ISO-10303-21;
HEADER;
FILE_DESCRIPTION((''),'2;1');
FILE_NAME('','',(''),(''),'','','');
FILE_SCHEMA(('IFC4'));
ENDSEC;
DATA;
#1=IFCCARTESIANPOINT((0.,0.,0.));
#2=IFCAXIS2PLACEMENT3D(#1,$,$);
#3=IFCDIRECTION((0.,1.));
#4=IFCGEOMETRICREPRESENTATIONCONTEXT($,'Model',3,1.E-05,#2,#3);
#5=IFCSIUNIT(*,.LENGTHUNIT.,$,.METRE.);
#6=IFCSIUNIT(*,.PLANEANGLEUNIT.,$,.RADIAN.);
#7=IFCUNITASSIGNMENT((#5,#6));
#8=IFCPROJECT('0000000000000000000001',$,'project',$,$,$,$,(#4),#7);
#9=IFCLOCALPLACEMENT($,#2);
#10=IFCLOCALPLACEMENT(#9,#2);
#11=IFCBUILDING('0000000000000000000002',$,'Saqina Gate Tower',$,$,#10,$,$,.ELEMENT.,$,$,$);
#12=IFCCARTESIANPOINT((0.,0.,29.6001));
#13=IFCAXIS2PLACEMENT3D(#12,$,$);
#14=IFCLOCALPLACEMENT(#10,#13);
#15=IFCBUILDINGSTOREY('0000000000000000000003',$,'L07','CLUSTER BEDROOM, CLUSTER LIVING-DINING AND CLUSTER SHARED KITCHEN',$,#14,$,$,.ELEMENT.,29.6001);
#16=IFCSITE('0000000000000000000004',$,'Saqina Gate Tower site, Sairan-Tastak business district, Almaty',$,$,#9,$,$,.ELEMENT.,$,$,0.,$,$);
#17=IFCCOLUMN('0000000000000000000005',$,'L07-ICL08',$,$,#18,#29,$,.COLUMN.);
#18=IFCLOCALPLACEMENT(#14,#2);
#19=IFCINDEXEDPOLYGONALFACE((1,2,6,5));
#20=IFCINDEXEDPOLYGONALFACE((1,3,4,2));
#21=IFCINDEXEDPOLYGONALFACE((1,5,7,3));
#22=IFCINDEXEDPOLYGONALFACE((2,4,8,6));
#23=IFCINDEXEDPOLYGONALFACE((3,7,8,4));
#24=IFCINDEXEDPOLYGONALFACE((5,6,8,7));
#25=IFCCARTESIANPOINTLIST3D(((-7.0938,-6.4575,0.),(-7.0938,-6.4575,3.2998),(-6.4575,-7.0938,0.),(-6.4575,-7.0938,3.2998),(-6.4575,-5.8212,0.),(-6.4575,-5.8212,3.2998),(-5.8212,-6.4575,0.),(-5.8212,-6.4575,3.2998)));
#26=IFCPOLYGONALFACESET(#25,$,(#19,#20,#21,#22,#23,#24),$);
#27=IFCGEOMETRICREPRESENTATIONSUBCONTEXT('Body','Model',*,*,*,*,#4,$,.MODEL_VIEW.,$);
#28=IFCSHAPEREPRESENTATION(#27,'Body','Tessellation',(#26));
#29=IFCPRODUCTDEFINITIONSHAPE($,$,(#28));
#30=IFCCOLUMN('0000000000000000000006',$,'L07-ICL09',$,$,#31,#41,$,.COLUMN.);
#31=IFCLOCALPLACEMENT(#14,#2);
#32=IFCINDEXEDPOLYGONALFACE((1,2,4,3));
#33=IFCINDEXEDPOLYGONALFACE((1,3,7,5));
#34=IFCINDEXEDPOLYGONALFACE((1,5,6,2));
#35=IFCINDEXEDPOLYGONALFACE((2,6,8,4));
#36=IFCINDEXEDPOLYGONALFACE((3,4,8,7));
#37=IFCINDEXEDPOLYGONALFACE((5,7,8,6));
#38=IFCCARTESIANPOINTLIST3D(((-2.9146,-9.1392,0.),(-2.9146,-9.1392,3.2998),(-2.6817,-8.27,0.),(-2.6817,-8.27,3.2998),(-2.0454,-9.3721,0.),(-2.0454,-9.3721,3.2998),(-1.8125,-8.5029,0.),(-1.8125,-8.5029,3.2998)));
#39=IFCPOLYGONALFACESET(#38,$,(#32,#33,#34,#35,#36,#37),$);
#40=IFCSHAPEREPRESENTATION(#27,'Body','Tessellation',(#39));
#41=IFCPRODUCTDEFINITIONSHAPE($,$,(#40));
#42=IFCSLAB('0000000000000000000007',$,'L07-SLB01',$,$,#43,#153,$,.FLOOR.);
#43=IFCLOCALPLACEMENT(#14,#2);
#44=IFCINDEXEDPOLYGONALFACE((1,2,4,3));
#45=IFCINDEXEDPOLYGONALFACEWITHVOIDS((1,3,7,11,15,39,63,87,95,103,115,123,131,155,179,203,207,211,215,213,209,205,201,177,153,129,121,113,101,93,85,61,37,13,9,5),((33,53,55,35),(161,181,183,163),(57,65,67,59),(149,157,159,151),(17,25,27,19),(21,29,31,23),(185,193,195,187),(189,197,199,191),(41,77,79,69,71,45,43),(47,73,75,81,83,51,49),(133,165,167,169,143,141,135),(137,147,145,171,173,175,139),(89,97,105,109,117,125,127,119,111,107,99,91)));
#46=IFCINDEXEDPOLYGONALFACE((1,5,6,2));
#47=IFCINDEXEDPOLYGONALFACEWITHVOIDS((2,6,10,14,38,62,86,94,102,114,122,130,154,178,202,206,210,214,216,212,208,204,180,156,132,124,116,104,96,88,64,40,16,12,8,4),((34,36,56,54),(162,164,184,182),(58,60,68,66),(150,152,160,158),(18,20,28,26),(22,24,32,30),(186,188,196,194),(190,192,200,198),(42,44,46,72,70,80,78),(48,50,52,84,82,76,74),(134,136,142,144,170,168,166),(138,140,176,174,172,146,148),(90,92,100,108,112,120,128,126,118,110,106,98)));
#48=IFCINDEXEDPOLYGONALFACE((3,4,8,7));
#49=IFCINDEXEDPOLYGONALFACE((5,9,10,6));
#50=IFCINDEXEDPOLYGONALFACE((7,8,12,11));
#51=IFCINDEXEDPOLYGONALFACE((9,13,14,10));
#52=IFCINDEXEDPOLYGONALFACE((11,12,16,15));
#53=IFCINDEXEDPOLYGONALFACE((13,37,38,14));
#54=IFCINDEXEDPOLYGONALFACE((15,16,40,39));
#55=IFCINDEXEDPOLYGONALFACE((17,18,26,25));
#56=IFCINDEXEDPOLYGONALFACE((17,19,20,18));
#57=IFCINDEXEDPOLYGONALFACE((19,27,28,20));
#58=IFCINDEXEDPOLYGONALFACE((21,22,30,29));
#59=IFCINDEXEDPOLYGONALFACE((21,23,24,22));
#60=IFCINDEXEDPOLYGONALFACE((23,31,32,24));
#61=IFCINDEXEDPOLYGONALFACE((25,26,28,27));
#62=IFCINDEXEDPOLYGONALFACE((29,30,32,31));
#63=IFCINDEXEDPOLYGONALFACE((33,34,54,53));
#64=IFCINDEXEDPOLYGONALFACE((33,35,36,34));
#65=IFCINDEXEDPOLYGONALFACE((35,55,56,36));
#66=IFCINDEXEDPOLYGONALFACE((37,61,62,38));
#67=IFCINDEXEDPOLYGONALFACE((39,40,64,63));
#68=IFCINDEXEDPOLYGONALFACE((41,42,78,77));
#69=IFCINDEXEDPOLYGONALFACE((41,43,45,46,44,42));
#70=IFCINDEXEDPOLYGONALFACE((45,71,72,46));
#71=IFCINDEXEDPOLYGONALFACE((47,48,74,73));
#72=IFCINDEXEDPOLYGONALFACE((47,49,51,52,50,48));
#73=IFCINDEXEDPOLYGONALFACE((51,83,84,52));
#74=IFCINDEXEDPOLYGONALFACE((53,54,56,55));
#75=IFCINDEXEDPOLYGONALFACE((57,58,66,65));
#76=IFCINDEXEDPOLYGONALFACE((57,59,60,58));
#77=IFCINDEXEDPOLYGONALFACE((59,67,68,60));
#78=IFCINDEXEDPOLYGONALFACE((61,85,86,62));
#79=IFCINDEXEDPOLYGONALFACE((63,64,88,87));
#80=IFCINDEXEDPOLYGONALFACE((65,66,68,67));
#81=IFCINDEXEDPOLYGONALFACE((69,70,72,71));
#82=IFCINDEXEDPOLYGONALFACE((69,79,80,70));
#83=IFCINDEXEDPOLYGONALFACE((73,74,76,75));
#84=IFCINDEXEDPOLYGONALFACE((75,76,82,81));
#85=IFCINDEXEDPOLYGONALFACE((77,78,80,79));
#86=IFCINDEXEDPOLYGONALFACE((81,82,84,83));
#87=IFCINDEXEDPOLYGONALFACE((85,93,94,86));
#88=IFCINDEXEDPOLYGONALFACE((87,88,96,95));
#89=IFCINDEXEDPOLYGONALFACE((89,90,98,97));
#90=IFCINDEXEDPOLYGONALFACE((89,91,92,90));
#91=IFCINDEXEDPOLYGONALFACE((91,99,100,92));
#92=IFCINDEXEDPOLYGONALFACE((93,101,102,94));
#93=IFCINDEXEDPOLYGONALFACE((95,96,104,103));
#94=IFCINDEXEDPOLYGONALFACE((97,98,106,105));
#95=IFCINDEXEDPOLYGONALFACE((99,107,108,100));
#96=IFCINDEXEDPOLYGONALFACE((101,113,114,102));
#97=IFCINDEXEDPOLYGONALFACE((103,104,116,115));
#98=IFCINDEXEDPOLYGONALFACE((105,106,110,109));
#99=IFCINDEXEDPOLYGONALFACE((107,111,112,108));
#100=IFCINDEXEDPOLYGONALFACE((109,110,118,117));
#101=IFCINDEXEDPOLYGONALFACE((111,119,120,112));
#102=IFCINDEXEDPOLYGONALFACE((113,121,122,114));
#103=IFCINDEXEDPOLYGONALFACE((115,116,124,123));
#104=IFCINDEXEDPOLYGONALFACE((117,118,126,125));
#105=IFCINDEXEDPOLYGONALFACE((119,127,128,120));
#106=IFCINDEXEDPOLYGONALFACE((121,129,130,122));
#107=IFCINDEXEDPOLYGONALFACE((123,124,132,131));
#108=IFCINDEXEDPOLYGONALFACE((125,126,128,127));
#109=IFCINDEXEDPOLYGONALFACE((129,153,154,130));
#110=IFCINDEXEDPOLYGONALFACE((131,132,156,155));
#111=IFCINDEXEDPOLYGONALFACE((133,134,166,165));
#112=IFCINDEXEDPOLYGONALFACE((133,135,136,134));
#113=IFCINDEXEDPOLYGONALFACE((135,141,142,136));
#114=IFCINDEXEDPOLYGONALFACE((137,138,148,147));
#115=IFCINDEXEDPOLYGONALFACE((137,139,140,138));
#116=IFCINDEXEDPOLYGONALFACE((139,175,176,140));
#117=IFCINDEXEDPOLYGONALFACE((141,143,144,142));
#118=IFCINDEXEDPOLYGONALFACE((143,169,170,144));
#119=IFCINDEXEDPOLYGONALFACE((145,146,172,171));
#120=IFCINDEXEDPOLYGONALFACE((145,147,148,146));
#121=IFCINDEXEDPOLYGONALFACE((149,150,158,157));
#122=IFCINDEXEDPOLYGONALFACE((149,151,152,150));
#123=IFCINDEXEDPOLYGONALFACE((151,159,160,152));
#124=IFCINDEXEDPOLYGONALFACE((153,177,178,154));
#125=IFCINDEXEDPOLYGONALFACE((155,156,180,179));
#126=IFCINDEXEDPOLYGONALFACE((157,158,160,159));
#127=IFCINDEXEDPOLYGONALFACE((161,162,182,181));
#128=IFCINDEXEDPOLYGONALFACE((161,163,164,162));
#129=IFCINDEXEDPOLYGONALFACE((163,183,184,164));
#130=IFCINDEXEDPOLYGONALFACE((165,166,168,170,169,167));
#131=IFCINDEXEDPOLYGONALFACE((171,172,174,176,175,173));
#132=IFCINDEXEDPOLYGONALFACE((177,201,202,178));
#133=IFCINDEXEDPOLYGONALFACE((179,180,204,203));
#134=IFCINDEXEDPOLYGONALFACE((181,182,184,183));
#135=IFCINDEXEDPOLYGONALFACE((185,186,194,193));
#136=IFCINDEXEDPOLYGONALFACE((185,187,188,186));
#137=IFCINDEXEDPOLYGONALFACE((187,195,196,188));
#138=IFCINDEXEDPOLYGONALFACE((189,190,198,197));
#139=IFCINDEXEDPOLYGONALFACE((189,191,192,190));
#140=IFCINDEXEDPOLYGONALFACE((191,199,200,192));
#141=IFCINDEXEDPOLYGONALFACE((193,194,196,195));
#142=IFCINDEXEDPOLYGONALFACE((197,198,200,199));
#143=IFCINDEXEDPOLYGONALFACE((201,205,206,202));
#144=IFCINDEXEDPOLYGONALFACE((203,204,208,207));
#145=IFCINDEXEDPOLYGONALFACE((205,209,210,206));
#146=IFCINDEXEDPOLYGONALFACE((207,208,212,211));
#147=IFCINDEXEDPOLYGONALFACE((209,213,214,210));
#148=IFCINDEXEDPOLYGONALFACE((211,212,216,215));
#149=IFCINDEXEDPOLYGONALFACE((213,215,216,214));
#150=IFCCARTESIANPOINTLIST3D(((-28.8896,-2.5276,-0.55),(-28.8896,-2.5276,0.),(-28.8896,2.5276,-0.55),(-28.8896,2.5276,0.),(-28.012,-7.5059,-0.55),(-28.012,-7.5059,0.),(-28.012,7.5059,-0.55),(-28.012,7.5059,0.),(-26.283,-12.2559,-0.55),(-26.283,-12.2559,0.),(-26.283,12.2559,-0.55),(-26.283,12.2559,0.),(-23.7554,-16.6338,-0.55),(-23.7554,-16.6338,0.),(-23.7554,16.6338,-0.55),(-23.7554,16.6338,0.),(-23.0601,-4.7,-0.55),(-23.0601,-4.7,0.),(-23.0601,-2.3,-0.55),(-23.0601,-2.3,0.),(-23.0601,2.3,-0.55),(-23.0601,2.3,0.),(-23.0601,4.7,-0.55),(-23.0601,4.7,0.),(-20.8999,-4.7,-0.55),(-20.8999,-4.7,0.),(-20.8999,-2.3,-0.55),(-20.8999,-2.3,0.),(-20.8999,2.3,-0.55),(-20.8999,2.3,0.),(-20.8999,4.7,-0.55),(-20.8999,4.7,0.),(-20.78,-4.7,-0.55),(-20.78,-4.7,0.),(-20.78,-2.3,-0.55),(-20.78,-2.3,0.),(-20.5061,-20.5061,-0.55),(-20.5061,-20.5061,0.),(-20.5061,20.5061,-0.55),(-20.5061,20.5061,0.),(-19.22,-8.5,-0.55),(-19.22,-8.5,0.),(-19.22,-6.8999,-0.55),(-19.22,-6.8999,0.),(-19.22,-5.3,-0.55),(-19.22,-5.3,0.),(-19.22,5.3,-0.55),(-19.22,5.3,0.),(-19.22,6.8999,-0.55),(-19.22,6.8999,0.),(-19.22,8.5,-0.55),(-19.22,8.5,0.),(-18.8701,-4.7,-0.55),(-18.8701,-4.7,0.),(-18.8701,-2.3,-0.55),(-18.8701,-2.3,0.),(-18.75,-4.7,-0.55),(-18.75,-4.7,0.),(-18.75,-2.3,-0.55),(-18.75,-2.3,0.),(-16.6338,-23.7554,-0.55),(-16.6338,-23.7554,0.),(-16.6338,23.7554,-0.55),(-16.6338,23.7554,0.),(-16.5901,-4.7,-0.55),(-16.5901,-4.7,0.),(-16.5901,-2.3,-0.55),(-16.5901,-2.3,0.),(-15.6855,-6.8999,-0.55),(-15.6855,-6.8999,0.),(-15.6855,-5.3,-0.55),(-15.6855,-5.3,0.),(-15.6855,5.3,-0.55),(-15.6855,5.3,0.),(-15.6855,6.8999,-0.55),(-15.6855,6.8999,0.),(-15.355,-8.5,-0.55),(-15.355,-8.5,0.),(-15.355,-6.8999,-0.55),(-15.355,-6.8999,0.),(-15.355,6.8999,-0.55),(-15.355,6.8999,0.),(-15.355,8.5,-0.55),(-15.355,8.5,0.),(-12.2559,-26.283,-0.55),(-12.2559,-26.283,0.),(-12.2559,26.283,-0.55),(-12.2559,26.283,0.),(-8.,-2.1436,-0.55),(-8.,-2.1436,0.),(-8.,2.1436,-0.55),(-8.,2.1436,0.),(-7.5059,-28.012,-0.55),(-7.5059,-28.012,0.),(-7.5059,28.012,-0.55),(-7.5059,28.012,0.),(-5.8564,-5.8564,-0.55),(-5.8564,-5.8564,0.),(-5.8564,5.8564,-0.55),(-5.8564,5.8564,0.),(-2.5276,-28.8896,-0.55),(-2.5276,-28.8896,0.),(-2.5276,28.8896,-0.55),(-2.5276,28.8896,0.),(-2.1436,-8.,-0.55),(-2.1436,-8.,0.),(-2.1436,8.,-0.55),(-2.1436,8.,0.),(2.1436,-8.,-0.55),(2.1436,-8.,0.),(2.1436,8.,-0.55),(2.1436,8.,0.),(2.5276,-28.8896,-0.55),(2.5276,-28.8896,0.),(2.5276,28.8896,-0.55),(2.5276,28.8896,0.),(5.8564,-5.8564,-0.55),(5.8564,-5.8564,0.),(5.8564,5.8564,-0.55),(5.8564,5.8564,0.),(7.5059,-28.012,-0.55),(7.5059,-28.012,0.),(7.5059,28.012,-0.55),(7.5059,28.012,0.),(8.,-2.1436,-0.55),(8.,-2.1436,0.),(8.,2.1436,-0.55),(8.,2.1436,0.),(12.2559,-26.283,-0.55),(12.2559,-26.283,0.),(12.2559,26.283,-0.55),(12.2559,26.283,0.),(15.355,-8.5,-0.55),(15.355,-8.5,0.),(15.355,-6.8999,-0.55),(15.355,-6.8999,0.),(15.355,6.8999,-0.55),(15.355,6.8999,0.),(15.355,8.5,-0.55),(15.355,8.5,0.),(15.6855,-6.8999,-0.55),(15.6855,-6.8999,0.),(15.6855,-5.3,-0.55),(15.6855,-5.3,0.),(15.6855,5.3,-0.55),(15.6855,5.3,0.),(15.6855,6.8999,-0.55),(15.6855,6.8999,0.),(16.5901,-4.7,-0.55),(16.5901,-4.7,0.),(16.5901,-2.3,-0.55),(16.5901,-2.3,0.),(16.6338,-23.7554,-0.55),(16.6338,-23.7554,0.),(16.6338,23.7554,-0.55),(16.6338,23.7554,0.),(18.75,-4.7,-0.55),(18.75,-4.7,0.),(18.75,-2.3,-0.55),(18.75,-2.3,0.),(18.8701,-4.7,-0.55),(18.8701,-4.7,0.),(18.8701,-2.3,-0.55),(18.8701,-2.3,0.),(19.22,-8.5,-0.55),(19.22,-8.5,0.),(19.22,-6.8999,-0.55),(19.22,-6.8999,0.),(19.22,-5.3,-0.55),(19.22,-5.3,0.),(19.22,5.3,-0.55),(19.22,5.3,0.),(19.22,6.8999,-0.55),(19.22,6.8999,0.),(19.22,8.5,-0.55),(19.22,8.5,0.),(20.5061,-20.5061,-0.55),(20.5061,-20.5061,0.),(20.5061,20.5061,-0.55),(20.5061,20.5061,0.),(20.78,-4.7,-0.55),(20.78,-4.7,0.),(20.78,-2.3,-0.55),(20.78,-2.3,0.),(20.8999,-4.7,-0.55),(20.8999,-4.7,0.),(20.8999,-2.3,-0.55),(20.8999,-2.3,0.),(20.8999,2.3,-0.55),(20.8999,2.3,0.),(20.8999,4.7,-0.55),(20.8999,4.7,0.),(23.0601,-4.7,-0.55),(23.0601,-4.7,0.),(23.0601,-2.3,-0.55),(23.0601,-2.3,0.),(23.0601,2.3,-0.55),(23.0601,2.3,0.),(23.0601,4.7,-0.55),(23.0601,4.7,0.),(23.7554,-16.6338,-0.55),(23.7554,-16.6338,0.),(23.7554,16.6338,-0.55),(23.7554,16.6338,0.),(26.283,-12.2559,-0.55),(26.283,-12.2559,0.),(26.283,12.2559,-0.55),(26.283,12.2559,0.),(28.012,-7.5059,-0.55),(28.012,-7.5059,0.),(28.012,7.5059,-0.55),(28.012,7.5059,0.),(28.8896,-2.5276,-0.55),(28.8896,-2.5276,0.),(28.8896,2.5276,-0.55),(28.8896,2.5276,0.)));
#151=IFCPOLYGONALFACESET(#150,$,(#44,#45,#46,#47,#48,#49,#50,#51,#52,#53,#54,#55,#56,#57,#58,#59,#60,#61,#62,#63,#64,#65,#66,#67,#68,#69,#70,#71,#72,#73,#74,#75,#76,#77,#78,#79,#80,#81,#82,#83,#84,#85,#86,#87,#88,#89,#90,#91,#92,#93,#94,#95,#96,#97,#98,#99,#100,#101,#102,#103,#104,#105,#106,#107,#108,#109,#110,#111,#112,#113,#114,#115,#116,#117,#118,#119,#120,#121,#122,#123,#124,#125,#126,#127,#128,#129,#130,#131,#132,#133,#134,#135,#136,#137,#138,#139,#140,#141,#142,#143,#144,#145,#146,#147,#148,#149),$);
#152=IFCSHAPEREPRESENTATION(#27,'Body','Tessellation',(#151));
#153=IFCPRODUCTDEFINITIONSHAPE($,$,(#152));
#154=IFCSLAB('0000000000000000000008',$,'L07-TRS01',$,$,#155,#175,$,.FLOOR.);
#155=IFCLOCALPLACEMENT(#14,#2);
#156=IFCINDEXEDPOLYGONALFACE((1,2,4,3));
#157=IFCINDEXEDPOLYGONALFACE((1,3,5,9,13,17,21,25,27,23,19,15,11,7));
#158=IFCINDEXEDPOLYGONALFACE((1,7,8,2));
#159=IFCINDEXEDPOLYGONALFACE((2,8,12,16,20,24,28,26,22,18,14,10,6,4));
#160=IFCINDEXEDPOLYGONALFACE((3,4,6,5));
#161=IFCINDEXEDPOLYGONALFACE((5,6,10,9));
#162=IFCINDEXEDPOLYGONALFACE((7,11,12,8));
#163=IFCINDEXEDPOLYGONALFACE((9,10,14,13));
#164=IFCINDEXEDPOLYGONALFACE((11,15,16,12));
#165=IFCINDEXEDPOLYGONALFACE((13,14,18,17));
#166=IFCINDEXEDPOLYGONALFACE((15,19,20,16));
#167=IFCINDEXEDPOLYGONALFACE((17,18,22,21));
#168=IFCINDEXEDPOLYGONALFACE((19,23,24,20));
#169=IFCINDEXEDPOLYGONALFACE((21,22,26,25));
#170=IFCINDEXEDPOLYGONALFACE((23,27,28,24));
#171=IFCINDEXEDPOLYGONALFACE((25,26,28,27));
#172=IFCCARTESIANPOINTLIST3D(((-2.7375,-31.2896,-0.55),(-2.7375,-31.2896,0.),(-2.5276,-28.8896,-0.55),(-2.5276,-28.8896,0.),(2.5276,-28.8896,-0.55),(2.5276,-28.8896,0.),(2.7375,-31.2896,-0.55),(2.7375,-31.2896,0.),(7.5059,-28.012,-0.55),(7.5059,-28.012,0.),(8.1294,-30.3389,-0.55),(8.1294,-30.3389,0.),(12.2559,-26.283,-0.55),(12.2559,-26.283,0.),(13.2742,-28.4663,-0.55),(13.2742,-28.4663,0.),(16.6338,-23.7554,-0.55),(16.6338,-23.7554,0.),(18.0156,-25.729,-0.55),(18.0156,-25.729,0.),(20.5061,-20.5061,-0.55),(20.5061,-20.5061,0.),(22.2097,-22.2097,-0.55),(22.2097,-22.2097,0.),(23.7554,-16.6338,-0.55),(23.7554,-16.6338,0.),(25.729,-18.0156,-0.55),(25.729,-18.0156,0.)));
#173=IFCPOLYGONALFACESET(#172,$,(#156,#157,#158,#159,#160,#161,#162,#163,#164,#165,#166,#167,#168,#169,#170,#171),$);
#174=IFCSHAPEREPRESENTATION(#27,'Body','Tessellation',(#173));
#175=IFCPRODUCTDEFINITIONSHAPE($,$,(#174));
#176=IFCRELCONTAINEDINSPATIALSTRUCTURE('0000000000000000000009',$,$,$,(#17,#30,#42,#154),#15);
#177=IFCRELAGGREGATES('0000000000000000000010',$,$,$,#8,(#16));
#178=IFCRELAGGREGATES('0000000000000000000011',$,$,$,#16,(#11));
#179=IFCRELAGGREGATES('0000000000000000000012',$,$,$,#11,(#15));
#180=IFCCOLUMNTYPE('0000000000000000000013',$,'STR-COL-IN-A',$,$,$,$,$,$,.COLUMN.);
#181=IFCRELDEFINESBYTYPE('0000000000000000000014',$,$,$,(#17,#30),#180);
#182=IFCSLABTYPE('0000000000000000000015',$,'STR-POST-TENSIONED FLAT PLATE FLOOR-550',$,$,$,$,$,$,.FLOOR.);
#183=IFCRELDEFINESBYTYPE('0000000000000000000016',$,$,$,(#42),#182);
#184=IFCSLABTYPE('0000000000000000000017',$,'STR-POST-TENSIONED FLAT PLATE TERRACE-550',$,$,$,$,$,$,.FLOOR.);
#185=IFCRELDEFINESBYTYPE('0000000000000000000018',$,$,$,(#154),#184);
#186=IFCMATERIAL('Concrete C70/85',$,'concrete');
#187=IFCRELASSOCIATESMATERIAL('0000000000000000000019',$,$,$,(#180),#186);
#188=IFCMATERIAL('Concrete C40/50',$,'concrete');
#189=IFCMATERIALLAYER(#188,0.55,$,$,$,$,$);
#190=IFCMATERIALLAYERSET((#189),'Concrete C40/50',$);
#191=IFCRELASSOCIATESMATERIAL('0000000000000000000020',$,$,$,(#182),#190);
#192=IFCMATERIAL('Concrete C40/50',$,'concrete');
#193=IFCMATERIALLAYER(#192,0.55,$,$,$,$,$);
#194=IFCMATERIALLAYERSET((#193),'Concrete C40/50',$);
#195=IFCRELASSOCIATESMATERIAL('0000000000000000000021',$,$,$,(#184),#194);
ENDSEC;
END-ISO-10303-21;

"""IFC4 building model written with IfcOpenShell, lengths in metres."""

from ifc_helpers import new_model, si_unit, direction, frame, origin, origin_2d, place, context, subcontext, project, spatial, polyline, rectangle, outline, extrude, material, layer, layer_set, material_profile, profile_set, type_object, element, save


model = new_model("IFC4")

# Units and contexts
model_context = context("Model", 3, precision=1e-05, world=origin(), true_north=direction((0.0, 1.0)))
body_context = subcontext(model_context, "Body", "Model", "MODEL_VIEW")
ifc_project = project(units=[si_unit("LENGTHUNIT", "METRE"), si_unit("PLANEANGLEUNIT", "RADIAN")], contexts=[model_context])

# Site, building, storey
site_placement = place(None, origin())
site = spatial("IfcSite", under=ifc_project, at=site_placement, Name="Saqina Gate Tower site, Sairan-Tastak business district, Almaty", CompositionType="ELEMENT", RefElevation=0.0)
building_placement = place(site_placement, origin())
building = spatial("IfcBuilding", under=site, at=building_placement, Name="Saqina Gate Tower", CompositionType="ELEMENT")
storey_placement = place(building_placement, frame((0.0, 0.0, 29.6001)))
storey = spatial("IfcBuildingStorey", under=building, at=storey_placement, Name="L07", Description="CLUSTER BEDROOM, CLUSTER LIVING-DINING AND CLUSTER SHARED KITCHEN", CompositionType="ELEMENT", Elevation=29.6001)

# Columns
ifc_material_1 = material(Name="Concrete C70/85", Category="concrete")
ifc_material_profile = material_profile(ifc_material_1, rectangle(XDim=0.8999, YDim=0.8999, at=origin_2d()), Name="RC 900x900")
ifc_profile_set = profile_set([ifc_material_profile], Name="Concrete C70/85")
column_type = type_object("IfcColumnType", Name="STR-COL-IN-A", PredefinedType="COLUMN", material=ifc_profile_set)
for number, where, z_axis, x_axis, name in (
    (1, (-6.4575, -6.4575, 0.0), (0.0, 0.0, 1.0), (-0.707107, -0.707107, 0.0), "L07-ICL08"),
    (2, (-2.3635, -8.821, 0.0), (0.0, 0.0, 1.0), (-0.258819, -0.965926, 0.0), "L07-ICL09"),
):
    element("IfcColumn", number, at=place(storey_placement, frame(where, z_axis=z_axis, x_axis=x_axis)), inside=storey, type_object=column_type, Name=name, PredefinedType="COLUMN", context=body_context, shape_type="SweptSolid", body=[
        extrude(rectangle(XDim=0.8999, YDim=0.8999, at=origin_2d()), origin(), (0.0, 0.0, 1.0), 3.2998),
    ])

# Slabs
ifc_material_2 = material(Name="Concrete C40/50", Category="concrete")
ifc_layer_1 = layer(ifc_material_2, 0.55)
ifc_layer_set_1 = layer_set([ifc_layer_1], Name="Concrete C40/50")
slab_type_1 = type_object("IfcSlabType", Name="STR-POST-TENSIONED FLAT PLATE FLOOR-550", PredefinedType="FLOOR", material=ifc_layer_set_1)
slab_1_placement = place(storey_placement, frame((0.0, 0.0, -0.55)))
element("IfcSlab", 3, at=slab_1_placement, inside=storey, type_object=slab_type_1, Name="L07-SLB01", PredefinedType="FLOOR", context=body_context, shape_type="SweptSolid", body=[
    extrude(outline(polyline([(28.012, -7.5059), (28.8896, -2.5276), (28.8896, 2.5276), (28.012, 7.5059), (26.283, 12.2559), (23.7554, 16.6338), (20.5061, 20.5061), (16.6338, 23.7554), (12.2559, 26.283), (7.5059, 28.012), (2.5276, 28.8896), (-2.5276, 28.8896), (-7.5059, 28.012), (-12.2559, 26.283), (-16.6338, 23.7554), (-20.5061, 20.5061), (-23.7554, 16.6338), (-26.283, 12.2559), (-28.012, 7.5059), (-28.8896, 2.5276), (-28.8896, -2.5276), (-28.012, -7.5059), (-26.283, -12.2559), (-23.7554, -16.6338), (-20.5061, -20.5061), (-16.6338, -23.7554), (-12.2559, -26.283), (-7.5059, -28.012), (-2.5276, -28.8896), (2.5276, -28.8896), (7.5059, -28.012), (12.2559, -26.283), (16.6338, -23.7554), (20.5061, -20.5061), (23.7554, -16.6338), (26.283, -12.2559), (28.012, -7.5059)]), holes=[polyline([(2.1436, 8.0), (5.8564, 5.8564), (8.0, 2.1436), (8.0, -2.1436), (5.8564, -5.8564), (2.1436, -8.0), (-2.1436, -8.0), (-5.8564, -5.8564), (-8.0, -2.1436), (-8.0, 2.1436), (-5.8564, 5.8564), (-2.1436, 8.0), (2.1436, 8.0)]), polyline([(-19.22, -8.5), (-19.22, -6.8999), (-19.22, -5.3), (-15.6855, -5.3), (-15.6855, -6.8999), (-15.355, -6.8999), (-15.355, -8.5), (-19.22, -8.5)]), polyline([(-20.8999, -2.3), (-20.8999, -4.7), (-23.0601, -4.7), (-23.0601, -2.3), (-20.8999, -2.3)]), polyline([(-18.8701, -2.3), (-18.8701, -4.7), (-20.78, -4.7), (-20.78, -2.3), (-18.8701, -2.3)]), polyline([(-16.5901, -2.3), (-16.5901, -4.7), (-18.75, -4.7), (-18.75, -2.3), (-16.5901, -2.3)]), polyline([(-20.8999, 4.7), (-20.8999, 2.3), (-23.0601, 2.3), (-23.0601, 4.7), (-20.8999, 4.7)]), polyline([(-19.22, 6.8999), (-19.22, 8.5), (-15.355, 8.5), (-15.355, 6.8999), (-15.6855, 6.8999), (-15.6855, 5.3), (-19.22, 5.3), (-19.22, 6.8999)]), polyline([(15.355, -6.8999), (15.6855, -6.8999), (15.6855, -5.3), (19.22, -5.3), (19.22, -6.8999), (19.22, -8.5), (15.355, -8.5), (15.355, -6.8999)]), polyline([(18.75, -2.3), (18.75, -4.7), (16.5901, -4.7), (16.5901, -2.3), (18.75, -2.3)]), polyline([(20.78, -2.3), (20.78, -4.7), (18.8701, -4.7), (18.8701, -2.3), (20.78, -2.3)]), polyline([(23.0601, -2.3), (23.0601, -4.7), (20.8999, -4.7), (20.8999, -2.3), (23.0601, -2.3)]), polyline([(23.0601, 4.7), (23.0601, 2.3), (20.8999, 2.3), (20.8999, 4.7), (23.0601, 4.7)]), polyline([(15.6855, 6.8999), (15.355, 6.8999), (15.355, 8.5), (19.22, 8.5), (19.22, 6.8999), (19.22, 5.3), (15.6855, 5.3), (15.6855, 6.8999)])]), origin(), (0.0, 0.0, 1.0), 0.55),
])
ifc_material_3 = material(Name="Concrete C40/50", Category="concrete")
ifc_layer_2 = layer(ifc_material_3, 0.55)
ifc_layer_set_2 = layer_set([ifc_layer_2], Name="Concrete C40/50")
slab_type_2 = type_object("IfcSlabType", Name="STR-POST-TENSIONED FLAT PLATE TERRACE-550", PredefinedType="FLOOR", material=ifc_layer_set_2)
slab_2_placement = place(storey_placement, frame((0.0, 0.0, -0.55)))
element("IfcSlab", 4, at=slab_2_placement, inside=storey, type_object=slab_type_2, Name="L07-TRS01", PredefinedType="FLOOR", context=body_context, shape_type="SweptSolid", body=[
    extrude(outline(polyline([(-2.5276, -28.8896), (2.5276, -28.8896), (7.5059, -28.012), (12.2559, -26.283), (16.6338, -23.7554), (20.5061, -20.5061), (23.7554, -16.6338), (25.729, -18.0156), (22.2097, -22.2097), (18.0156, -25.729), (13.2742, -28.4663), (8.1294, -30.3389), (2.7375, -31.2896), (-2.7375, -31.2896), (-2.5276, -28.8896)])), origin(), (0.0, 0.0, 1.0), 0.55),
])

save(model, "model.ifc")
